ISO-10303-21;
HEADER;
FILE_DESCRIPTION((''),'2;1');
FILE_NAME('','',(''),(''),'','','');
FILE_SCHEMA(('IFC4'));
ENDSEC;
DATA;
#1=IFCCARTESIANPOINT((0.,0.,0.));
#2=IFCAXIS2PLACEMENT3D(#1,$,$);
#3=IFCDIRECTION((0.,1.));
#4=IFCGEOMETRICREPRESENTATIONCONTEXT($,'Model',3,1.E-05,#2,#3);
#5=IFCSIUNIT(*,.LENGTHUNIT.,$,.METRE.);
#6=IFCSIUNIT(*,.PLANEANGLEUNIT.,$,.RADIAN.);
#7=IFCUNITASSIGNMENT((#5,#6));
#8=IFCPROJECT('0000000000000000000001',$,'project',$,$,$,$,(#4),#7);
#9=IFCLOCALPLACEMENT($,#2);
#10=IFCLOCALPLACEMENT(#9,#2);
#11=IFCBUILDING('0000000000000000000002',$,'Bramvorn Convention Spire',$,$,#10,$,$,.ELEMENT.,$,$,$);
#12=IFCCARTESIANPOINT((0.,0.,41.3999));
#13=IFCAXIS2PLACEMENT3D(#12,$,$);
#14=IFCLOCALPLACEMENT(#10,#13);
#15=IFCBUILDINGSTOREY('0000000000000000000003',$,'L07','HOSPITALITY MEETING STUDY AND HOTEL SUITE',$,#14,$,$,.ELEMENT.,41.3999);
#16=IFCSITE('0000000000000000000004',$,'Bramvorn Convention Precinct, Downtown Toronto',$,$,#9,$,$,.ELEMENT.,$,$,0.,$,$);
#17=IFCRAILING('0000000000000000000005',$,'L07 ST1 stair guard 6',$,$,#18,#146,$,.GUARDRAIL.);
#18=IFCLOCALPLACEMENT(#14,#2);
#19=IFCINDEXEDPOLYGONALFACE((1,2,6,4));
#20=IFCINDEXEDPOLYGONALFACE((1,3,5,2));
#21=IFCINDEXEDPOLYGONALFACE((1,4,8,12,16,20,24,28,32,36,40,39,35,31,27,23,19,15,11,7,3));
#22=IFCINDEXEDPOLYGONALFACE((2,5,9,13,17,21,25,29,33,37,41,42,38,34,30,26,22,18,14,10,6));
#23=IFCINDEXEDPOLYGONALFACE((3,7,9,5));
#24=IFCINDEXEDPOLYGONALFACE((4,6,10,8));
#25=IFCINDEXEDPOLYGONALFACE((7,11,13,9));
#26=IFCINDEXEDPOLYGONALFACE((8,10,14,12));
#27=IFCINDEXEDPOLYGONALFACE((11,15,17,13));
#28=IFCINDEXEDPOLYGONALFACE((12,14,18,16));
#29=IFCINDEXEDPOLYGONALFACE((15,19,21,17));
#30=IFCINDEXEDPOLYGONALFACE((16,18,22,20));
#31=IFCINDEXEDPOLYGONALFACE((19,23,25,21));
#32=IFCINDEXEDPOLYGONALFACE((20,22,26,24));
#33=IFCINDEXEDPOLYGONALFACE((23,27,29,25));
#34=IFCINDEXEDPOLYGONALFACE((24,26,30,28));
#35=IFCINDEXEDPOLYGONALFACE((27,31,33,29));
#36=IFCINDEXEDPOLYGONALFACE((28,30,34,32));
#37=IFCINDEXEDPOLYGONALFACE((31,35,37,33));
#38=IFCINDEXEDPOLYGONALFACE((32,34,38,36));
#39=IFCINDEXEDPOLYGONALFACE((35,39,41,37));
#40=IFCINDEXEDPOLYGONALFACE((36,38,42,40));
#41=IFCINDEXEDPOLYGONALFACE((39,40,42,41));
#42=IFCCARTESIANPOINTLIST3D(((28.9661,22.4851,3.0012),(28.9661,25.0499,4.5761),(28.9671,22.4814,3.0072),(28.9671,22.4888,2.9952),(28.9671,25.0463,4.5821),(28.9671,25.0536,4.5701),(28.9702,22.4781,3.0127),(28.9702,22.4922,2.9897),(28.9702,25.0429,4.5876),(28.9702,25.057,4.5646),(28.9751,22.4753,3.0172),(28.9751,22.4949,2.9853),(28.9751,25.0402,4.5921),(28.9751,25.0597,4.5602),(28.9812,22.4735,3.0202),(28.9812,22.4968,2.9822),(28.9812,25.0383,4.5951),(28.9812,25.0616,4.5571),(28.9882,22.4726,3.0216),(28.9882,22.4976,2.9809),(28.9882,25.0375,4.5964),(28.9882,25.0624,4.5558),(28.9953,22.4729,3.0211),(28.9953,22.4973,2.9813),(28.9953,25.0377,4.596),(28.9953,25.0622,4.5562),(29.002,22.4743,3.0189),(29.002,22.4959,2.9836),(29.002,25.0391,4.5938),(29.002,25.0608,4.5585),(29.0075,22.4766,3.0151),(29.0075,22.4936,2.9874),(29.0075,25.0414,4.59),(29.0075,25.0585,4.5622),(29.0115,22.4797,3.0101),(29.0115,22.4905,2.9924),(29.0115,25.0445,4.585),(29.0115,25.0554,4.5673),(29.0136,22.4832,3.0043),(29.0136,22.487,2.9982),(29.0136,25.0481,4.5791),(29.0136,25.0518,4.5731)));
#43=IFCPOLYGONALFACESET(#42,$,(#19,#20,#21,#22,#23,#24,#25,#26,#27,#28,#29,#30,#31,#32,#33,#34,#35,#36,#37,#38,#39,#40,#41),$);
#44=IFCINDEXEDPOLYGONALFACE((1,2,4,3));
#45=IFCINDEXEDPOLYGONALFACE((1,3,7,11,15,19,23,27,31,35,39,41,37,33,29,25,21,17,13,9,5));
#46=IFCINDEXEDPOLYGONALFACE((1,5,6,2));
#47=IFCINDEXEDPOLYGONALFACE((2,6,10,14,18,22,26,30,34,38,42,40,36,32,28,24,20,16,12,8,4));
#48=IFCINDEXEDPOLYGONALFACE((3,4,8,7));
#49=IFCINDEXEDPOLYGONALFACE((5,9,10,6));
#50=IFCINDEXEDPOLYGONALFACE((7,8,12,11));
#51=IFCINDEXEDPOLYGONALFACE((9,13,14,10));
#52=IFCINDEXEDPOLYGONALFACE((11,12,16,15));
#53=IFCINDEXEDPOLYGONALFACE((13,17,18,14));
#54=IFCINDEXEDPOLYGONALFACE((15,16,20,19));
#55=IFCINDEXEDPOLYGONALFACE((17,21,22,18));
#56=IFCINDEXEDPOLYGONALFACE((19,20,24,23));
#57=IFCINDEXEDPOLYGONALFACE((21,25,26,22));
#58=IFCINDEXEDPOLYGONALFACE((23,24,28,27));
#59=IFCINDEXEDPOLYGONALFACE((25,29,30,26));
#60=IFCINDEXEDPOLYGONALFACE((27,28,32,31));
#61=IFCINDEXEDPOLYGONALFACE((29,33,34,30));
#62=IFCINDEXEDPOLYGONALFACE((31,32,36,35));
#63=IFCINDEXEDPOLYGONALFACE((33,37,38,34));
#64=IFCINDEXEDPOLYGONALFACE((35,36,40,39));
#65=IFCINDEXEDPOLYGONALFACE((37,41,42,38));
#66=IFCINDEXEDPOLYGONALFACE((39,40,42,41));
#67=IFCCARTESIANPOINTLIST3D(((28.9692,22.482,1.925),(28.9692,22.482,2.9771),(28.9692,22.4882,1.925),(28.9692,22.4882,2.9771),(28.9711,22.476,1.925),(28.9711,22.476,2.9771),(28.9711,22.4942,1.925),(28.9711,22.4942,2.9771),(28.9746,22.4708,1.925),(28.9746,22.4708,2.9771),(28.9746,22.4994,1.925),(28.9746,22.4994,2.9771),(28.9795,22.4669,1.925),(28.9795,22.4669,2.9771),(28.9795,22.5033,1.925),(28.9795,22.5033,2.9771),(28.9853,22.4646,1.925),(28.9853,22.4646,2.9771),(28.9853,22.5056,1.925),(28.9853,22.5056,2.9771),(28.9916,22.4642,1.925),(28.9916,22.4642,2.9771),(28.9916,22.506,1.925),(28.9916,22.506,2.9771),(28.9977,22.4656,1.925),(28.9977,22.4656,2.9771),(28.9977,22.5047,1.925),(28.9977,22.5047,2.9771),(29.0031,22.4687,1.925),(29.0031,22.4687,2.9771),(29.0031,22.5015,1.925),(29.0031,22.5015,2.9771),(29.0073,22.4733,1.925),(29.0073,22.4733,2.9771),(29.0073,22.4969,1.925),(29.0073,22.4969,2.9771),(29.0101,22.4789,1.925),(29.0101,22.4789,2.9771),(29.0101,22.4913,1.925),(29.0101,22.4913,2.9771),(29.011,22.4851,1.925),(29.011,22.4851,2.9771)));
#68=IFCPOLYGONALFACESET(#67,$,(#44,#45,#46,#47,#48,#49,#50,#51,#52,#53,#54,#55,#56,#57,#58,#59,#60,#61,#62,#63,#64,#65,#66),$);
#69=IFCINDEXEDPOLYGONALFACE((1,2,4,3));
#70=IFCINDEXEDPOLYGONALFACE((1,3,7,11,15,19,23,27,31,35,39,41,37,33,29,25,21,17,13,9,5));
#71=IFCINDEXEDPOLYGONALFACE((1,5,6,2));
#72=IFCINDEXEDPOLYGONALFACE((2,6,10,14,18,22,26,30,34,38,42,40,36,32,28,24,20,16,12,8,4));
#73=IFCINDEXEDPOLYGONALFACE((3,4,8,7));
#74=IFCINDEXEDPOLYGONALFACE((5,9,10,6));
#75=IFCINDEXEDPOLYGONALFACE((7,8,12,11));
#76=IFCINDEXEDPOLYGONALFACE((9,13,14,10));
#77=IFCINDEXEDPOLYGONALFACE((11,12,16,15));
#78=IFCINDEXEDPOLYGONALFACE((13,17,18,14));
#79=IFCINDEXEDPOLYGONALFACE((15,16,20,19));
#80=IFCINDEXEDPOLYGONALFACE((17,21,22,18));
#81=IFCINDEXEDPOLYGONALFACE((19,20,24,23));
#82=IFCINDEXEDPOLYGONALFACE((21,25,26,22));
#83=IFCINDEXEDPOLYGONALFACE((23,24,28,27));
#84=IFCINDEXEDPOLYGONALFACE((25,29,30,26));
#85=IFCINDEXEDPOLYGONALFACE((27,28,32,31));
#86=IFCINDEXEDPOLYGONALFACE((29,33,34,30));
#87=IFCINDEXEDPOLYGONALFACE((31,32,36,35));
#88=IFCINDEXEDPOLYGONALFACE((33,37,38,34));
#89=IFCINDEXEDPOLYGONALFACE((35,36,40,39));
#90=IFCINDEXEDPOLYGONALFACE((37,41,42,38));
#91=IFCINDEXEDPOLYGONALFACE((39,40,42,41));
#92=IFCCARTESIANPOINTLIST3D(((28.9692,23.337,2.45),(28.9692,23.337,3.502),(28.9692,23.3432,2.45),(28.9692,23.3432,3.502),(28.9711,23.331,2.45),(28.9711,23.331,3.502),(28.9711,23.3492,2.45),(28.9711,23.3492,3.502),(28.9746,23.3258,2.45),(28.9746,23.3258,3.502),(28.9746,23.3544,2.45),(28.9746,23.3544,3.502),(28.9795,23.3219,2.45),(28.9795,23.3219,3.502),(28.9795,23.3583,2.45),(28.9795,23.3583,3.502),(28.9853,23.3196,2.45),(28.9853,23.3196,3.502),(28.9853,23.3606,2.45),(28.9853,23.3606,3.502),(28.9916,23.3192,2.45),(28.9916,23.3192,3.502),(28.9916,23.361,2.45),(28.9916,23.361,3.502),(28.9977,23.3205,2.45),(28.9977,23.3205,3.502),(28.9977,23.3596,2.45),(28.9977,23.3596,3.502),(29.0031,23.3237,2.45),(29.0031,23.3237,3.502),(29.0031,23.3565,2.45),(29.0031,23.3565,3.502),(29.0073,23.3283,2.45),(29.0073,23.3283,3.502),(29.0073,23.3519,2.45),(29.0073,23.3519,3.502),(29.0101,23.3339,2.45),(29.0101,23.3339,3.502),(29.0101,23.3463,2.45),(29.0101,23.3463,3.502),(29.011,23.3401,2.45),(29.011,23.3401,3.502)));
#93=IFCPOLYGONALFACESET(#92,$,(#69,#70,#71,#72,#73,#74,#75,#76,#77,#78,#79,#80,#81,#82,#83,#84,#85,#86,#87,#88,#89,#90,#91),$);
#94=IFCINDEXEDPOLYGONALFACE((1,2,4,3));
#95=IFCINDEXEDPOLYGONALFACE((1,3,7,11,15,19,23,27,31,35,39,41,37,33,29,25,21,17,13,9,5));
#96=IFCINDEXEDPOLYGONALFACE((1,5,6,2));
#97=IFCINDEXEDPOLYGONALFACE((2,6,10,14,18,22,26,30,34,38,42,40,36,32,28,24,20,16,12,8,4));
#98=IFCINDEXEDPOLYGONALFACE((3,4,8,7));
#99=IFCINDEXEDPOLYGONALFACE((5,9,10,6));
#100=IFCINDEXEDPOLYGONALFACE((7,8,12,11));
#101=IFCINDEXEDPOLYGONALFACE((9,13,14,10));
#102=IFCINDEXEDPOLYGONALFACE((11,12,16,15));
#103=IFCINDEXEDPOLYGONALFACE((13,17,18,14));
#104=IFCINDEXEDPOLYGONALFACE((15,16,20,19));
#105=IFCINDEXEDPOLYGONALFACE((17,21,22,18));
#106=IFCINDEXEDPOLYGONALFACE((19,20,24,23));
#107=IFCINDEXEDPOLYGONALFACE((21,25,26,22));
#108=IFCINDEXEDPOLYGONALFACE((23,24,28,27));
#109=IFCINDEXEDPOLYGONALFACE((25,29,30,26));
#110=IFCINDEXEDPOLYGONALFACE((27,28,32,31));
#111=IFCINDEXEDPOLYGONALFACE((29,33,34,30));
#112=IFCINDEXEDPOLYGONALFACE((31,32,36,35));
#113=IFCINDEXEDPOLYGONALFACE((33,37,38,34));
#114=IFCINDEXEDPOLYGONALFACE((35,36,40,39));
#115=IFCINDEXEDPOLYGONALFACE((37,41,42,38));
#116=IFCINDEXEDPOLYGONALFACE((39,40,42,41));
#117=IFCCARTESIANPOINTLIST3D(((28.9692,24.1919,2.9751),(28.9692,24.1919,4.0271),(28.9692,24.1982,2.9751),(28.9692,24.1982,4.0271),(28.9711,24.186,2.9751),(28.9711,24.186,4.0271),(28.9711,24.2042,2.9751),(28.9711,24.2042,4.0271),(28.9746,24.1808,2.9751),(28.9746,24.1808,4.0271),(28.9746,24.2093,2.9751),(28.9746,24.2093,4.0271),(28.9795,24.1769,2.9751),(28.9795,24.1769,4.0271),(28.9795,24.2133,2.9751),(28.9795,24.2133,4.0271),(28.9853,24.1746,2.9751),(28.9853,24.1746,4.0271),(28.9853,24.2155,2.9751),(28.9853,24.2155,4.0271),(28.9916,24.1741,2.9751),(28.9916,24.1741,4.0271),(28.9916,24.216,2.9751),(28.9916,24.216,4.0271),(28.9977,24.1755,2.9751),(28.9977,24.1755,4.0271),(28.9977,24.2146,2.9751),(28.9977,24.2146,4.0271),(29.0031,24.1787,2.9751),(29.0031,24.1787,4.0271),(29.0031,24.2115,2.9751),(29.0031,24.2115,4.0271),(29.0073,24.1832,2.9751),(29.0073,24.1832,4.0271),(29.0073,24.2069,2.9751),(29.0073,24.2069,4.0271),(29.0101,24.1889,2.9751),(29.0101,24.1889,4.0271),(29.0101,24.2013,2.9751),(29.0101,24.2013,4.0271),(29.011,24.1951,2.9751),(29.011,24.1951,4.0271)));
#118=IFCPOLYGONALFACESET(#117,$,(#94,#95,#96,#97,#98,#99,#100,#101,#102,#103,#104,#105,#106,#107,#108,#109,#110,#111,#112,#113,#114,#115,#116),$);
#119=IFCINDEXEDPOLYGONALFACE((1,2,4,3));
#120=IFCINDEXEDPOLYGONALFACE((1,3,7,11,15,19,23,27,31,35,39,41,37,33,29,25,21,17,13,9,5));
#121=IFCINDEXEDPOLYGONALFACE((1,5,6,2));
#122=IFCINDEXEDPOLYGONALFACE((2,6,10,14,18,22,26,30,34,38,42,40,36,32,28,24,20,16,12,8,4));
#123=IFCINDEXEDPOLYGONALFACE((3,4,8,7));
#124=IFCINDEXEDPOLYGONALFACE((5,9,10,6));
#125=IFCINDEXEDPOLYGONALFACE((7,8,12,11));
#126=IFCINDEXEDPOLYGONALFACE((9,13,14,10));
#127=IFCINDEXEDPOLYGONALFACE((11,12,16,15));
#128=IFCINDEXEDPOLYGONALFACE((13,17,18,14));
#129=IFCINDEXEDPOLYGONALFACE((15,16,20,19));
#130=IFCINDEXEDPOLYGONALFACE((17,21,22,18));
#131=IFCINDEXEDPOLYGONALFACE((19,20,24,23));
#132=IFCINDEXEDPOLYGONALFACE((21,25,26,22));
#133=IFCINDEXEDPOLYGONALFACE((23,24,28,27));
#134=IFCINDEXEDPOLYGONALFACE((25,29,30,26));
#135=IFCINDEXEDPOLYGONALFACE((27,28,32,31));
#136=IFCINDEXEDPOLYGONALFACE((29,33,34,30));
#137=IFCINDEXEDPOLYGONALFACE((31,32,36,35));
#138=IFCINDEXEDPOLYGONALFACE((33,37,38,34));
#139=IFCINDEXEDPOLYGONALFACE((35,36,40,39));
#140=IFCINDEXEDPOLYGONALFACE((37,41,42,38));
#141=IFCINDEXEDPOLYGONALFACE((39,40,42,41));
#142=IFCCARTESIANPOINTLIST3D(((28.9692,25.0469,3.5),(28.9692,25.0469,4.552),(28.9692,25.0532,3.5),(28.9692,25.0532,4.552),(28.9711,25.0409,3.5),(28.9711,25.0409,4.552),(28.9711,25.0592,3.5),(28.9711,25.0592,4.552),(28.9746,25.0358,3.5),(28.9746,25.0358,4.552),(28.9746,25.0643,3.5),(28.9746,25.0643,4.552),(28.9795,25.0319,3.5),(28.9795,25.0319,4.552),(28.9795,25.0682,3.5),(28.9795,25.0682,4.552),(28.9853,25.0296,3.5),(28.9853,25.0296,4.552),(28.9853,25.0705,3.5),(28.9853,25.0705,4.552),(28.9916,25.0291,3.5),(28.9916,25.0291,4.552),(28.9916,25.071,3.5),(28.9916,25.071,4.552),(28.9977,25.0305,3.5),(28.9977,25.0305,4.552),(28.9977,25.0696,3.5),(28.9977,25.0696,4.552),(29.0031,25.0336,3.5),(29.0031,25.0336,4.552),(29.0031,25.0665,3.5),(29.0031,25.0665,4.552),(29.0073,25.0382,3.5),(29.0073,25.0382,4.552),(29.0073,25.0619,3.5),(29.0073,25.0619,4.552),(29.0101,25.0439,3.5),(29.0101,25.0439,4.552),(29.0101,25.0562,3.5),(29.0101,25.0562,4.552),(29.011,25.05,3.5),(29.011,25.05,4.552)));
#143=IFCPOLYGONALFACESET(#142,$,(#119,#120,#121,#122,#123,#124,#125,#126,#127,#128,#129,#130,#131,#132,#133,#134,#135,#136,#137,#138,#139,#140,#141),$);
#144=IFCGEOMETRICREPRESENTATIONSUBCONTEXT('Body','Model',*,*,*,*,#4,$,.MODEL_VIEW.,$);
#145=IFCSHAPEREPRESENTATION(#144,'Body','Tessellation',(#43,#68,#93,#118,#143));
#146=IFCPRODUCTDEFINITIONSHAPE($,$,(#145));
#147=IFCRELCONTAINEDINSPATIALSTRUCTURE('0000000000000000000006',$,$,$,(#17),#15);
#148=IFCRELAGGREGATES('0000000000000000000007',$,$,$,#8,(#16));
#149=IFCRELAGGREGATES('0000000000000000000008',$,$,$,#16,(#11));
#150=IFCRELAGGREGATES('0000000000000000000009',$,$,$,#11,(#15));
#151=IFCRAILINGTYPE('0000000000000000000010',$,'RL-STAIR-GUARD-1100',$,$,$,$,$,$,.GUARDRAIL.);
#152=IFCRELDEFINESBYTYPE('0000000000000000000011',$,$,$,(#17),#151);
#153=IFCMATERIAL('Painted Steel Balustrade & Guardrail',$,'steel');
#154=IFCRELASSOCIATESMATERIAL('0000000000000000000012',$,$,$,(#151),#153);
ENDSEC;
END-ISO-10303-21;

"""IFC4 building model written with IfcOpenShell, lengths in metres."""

from ifc_helpers import new_model, si_unit, direction, frame, origin, origin_2d, place, context, subcontext, project, spatial, circle, extrude, material, type_object, element, save


model = new_model("IFC4")

# Units and contexts
model_context = context("Model", 3, precision=1e-05, world=origin(), true_north=direction((0.0, 1.0)))
body_context = subcontext(model_context, "Body", "Model", "MODEL_VIEW")
ifc_project = project(units=[si_unit("LENGTHUNIT", "METRE"), si_unit("PLANEANGLEUNIT", "RADIAN")], contexts=[model_context])

# Site, building, storey
site_placement = place(None, origin())
site = spatial("IfcSite", under=ifc_project, at=site_placement, Name="Bramvorn Convention Precinct, Downtown Toronto", CompositionType="ELEMENT", RefElevation=0.0)
building_placement = place(site_placement, origin())
building = spatial("IfcBuilding", under=site, at=building_placement, Name="Bramvorn Convention Spire", CompositionType="ELEMENT")
storey_placement = place(building_placement, frame((0.0, 0.0, 41.3999)))
storey = spatial("IfcBuildingStorey", under=building, at=storey_placement, Name="L07", Description="HOSPITALITY MEETING STUDY AND HOTEL SUITE", CompositionType="ELEMENT", Elevation=41.3999)

# Railing
ifc_material_1 = material(Name="Painted Steel Balustrade & Guardrail", Category="steel")
railing_type_1 = type_object("IfcRailingType", Name="RL-STAIR-GUARD-1100", PredefinedType="GUARDRAIL", material=ifc_material_1)
railing_1_placement = place(storey_placement, frame((28.99, 22.4851, 1.925)))
element("IfcRailing", 1, at=railing_1_placement, inside=storey, type_object=railing_type_1, Name="L07 ST1 stair guard 6", PredefinedType="GUARDRAIL", context=body_context, shape_type="SweptSolid", body=[
    extrude(circle(Radius=0.0239, at=origin_2d()), frame((0.0, 0.0, 1.0762), z_axis=(0.0, 0.852173, 0.52326), x_axis=(-1.0, 0.0, 0.0)), (0.0, 0.0, 1.0), 3.0098),
    extrude(circle(Radius=0.021, at=origin_2d()), origin(), (0.0, 0.0, 1.0), 1.052),
    extrude(circle(Radius=0.021, at=origin_2d()), frame((0.0, 0.855, 0.5249)), (0.0, 0.0, 1.0), 1.052),
    extrude(circle(Radius=0.021, at=origin_2d()), frame((0.0, 1.71, 1.05)), (0.0, 0.0, 1.0), 1.052),
    extrude(circle(Radius=0.021, at=origin_2d()), frame((0.0, 2.5649, 1.575)), (0.0, 0.0, 1.0), 1.052),
])

save(model, "model.ifc")
